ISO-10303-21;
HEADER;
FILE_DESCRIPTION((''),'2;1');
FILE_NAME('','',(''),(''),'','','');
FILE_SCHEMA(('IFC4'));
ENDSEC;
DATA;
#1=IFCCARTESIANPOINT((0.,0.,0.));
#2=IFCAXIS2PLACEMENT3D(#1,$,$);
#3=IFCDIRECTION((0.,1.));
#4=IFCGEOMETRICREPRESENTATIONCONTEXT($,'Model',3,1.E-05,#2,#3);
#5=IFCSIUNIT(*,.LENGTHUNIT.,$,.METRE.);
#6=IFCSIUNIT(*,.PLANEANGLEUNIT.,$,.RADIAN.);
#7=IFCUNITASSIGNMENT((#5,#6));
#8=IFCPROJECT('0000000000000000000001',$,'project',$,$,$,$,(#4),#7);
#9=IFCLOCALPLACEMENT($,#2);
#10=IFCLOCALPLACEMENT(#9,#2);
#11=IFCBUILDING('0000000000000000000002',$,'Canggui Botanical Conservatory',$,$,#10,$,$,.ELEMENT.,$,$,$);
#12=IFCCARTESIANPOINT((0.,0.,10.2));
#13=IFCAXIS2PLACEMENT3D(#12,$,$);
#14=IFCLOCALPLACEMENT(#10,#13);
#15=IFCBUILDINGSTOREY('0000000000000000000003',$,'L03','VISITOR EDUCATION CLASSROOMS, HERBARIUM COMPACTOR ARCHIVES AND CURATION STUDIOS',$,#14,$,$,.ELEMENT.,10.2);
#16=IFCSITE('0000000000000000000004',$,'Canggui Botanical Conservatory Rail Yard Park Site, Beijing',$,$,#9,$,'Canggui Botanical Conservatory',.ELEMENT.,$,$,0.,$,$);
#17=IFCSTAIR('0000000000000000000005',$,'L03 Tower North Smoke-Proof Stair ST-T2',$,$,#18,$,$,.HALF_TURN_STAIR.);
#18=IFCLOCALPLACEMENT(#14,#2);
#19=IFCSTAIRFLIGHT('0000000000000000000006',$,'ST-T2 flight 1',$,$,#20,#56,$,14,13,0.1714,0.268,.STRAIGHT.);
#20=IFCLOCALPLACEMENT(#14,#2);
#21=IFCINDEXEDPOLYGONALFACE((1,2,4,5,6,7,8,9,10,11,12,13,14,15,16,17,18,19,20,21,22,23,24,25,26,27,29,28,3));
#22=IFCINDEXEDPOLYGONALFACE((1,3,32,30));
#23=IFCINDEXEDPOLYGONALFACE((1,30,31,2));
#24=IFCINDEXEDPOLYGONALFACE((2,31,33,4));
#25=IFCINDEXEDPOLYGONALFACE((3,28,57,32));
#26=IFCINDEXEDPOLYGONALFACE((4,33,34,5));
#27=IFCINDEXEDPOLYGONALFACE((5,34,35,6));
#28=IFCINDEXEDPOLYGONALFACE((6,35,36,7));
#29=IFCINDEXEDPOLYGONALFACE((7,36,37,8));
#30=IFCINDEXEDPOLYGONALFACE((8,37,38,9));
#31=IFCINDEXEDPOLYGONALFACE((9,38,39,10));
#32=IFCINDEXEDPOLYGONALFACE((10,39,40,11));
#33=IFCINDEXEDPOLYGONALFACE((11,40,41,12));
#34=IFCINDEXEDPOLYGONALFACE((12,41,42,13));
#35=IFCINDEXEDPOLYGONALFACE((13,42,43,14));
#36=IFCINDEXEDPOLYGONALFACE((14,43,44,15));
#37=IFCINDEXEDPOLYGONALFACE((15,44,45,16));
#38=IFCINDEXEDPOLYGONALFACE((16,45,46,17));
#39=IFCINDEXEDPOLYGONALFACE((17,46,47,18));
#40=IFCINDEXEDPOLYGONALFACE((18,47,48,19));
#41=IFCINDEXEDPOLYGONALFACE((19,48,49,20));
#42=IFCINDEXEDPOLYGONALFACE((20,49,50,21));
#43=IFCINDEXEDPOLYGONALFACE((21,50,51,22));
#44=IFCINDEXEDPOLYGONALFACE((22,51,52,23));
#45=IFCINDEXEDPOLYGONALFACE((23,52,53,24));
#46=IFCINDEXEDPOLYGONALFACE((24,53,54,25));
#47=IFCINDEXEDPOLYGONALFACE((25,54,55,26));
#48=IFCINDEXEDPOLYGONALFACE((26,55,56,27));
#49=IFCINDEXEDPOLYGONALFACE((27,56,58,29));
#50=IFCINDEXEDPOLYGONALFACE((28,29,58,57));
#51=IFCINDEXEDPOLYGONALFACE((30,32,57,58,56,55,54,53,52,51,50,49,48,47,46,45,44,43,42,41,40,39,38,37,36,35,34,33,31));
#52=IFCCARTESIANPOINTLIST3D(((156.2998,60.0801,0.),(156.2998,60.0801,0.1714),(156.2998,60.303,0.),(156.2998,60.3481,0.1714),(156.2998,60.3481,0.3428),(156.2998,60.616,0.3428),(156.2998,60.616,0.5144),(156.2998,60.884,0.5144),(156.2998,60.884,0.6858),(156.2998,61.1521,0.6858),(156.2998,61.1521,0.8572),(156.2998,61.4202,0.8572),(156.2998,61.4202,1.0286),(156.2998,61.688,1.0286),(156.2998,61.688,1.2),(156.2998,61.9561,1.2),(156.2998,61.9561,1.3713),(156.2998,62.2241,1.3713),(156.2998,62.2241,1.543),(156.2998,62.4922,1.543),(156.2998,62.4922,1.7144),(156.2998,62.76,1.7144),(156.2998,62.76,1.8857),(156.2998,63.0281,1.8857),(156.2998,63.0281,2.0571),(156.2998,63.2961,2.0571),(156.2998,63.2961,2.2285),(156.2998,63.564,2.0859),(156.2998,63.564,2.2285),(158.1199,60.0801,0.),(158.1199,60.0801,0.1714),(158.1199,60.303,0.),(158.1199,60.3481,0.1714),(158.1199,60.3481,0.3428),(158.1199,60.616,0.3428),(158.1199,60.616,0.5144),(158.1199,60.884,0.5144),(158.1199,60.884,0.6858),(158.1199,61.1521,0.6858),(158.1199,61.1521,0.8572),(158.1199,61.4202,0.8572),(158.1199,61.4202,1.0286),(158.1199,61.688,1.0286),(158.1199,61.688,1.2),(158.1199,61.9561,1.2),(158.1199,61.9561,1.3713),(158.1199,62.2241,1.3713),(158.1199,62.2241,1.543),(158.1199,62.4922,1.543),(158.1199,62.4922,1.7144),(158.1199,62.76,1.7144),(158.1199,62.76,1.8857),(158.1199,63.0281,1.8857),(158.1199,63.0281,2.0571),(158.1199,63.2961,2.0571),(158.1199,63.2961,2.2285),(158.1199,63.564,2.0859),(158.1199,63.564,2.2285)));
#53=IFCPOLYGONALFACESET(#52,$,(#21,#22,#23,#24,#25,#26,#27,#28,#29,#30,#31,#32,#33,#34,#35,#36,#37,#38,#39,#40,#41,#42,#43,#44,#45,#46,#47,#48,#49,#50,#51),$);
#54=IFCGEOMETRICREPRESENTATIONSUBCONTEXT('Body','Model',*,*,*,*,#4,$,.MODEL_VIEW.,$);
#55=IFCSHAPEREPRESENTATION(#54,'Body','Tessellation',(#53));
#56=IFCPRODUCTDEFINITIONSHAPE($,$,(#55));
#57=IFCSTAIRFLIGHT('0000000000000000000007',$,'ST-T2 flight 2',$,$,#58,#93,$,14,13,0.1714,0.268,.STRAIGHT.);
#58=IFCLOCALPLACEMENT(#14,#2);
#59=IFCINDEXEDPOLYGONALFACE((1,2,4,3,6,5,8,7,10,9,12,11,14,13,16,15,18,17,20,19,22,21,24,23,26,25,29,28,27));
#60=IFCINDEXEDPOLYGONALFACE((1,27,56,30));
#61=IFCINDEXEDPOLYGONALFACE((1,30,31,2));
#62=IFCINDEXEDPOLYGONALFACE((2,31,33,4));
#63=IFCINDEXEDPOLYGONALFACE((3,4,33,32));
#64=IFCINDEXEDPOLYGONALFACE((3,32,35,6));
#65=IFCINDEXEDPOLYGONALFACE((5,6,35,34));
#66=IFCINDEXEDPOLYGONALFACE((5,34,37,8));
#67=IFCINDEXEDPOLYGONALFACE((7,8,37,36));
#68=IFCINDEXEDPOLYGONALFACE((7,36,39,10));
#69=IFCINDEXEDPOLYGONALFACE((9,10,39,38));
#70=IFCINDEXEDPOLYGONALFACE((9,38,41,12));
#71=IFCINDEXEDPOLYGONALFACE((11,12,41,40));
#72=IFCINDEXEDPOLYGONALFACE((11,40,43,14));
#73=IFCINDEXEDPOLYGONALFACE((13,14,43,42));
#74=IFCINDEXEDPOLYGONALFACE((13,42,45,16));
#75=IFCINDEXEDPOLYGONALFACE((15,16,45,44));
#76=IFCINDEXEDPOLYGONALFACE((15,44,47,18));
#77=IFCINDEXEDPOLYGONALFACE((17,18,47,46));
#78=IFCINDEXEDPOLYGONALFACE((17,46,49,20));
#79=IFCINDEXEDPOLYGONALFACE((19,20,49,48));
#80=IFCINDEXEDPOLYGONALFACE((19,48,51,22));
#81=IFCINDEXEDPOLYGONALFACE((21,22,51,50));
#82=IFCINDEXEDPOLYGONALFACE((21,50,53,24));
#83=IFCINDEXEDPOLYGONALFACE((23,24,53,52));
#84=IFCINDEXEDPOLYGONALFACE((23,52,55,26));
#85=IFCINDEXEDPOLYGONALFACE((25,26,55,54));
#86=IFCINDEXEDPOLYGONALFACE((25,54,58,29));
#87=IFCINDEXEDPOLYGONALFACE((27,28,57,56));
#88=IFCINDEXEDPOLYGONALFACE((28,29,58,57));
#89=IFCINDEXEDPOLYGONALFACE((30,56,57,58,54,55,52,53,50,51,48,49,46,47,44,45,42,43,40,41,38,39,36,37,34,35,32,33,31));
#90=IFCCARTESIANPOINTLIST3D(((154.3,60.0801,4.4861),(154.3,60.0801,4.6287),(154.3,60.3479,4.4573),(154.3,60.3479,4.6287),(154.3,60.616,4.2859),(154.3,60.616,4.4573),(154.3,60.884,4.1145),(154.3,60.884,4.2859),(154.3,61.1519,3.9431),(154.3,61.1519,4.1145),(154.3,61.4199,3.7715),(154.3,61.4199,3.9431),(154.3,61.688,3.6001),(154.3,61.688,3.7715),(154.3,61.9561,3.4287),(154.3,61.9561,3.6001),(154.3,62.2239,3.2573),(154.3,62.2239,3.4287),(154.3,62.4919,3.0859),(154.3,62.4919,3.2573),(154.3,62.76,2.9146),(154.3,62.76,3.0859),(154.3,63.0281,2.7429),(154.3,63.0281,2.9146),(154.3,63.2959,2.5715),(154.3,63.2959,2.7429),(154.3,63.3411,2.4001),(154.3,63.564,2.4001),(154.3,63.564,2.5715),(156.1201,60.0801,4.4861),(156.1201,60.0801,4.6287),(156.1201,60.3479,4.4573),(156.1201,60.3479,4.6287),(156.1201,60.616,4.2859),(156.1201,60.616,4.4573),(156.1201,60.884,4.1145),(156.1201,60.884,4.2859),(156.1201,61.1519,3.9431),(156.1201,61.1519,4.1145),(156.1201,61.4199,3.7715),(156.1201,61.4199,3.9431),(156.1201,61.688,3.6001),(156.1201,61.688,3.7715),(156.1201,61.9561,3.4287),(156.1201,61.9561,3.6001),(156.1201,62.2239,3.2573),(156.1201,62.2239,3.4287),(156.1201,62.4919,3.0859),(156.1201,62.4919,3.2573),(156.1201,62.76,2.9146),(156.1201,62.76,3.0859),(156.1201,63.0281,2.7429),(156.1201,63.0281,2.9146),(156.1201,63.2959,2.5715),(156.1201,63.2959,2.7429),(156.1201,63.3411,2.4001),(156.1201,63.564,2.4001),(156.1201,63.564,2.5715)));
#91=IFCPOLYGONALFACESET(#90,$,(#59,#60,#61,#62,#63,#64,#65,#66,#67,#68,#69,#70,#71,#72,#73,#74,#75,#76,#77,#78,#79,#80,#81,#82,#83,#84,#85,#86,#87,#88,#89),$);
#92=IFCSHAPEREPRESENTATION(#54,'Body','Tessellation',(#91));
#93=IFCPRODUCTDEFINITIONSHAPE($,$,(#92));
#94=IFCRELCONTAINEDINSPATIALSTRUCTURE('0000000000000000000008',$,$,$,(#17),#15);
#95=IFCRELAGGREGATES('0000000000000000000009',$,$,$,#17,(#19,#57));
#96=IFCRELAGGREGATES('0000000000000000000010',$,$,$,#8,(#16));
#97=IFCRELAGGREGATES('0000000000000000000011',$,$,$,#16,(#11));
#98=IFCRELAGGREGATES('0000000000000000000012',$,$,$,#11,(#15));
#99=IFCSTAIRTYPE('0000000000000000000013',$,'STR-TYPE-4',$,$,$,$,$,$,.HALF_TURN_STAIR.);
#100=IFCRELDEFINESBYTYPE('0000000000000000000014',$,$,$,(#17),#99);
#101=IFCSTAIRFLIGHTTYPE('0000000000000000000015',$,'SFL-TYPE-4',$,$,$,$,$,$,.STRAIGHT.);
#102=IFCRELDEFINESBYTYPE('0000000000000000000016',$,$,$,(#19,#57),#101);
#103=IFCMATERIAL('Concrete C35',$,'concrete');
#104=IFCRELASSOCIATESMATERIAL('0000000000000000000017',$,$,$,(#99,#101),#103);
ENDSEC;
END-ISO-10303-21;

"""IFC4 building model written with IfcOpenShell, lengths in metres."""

from ifc_helpers import new_model, si_unit, direction, frame, origin, place, context, subcontext, project, spatial, polyline, outline, extrude, material, type_object, element, aggregate, save


model = new_model("IFC4")

# Units and contexts
model_context = context("Model", 3, precision=1e-05, world=origin(), true_north=direction((0.0, 1.0)))
body_context = subcontext(model_context, "Body", "Model", "MODEL_VIEW")
ifc_project = project(units=[si_unit("LENGTHUNIT", "METRE"), si_unit("PLANEANGLEUNIT", "RADIAN")], contexts=[model_context])

# Site, building, storey
site_placement = place(None, origin())
site = spatial("IfcSite", under=ifc_project, at=site_placement, Name="Canggui Botanical Conservatory Rail Yard Park Site, Beijing", LongName="Canggui Botanical Conservatory", CompositionType="ELEMENT", RefElevation=0.0)
building_placement = place(site_placement, origin())
building = spatial("IfcBuilding", under=site, at=building_placement, Name="Canggui Botanical Conservatory", CompositionType="ELEMENT")
storey_placement = place(building_placement, frame((0.0, 0.0, 10.2)))
storey = spatial("IfcBuildingStorey", under=building, at=storey_placement, Name="L03", Description="VISITOR EDUCATION CLASSROOMS, HERBARIUM COMPACTOR ARCHIVES AND CURATION STUDIOS", CompositionType="ELEMENT", Elevation=10.2)

# Shared definitions
ifc_material_1 = material(Name="Concrete C35", Category="concrete")

# Stair, stair flights
stair_type = type_object("IfcStairType", Name="STR-TYPE-4", PredefinedType="HALF_TURN_STAIR", material=ifc_material_1)
stair_placement = place(storey_placement, origin())
stair = element("IfcStair", 1, at=stair_placement, inside=storey, type_object=stair_type, Name="L03 Tower North Smoke-Proof Stair ST-T2", PredefinedType="HALF_TURN_STAIR")
stair_flight_type = type_object("IfcStairFlightType", Name="SFL-TYPE-4", PredefinedType="STRAIGHT", material=ifc_material_1)
stair_flight_1_placement = place(storey_placement, frame((157.21, 60.0801, 0.0), z_axis=(0.0, 0.0, 1.0), x_axis=(0.0, 1.0, 0.0)))
stair_flight_1 = element("IfcStairFlight", 2, at=stair_flight_1_placement, type_object=stair_flight_type, Name="ST-T2 flight 1", NumberOfRisers=14, NumberOfTreads=13, PredefinedType="STRAIGHT", RiserHeight=0.1714, TreadLength=0.268, context=body_context, shape_type="SweptSolid", body=[
    extrude(outline(polyline([(0.0, 0.0), (0.0, 0.1714), (0.2681, 0.1714), (0.2681, 0.3428), (0.5359, 0.3428), (0.5359, 0.5144), (0.804, 0.5144), (0.804, 0.6858), (1.072, 0.6858), (1.072, 0.8572), (1.3401, 0.8572), (1.3401, 1.0286), (1.6079, 1.0286), (1.6079, 1.2), (1.876, 1.2), (1.876, 1.3713), (2.144, 1.3713), (2.144, 1.543), (2.4121, 1.543), (2.4121, 1.7144), (2.6799, 1.7144), (2.6799, 1.8857), (2.948, 1.8857), (2.948, 2.0571), (3.2161, 2.0571), (3.2161, 2.2285), (3.4839, 2.2285), (3.4839, 2.3999), (3.4839, 2.0859), (0.2229, 0.0), (0.0, 0.0)])), frame((0.0, 0.9102, 0.0), z_axis=(0.0, -1.0, 0.0), x_axis=(1.0, 0.0, 0.0)), (0.0, 0.0, 1.0), 1.8201),
])
stair_flight_2_placement = place(storey_placement, frame((155.21, 63.564, 2.4001), z_axis=(0.0, 0.0, 1.0), x_axis=(0.0, -1.0, 0.0)))
stair_flight_2 = element("IfcStairFlight", 3, at=stair_flight_2_placement, type_object=stair_flight_type, Name="ST-T2 flight 2", NumberOfRisers=14, NumberOfTreads=13, PredefinedType="STRAIGHT", RiserHeight=0.1714, TreadLength=0.268, context=body_context, shape_type="SweptSolid", body=[
    extrude(outline(polyline([(0.0, 0.0), (0.0, 0.1714), (0.2681, 0.1714), (0.2681, 0.3428), (0.5359, 0.3428), (0.5359, 0.5144), (0.804, 0.5144), (0.804, 0.6858), (1.072, 0.6858), (1.072, 0.8572), (1.3401, 0.8572), (1.3401, 1.0286), (1.6079, 1.0286), (1.6079, 1.2), (1.876, 1.2), (1.876, 1.3713), (2.144, 1.3713), (2.144, 1.543), (2.4121, 1.543), (2.4121, 1.7144), (2.6799, 1.7144), (2.6799, 1.8857), (2.948, 1.8857), (2.948, 2.0571), (3.2161, 2.0571), (3.2161, 2.2285), (3.4839, 2.2285), (3.4839, 2.3999), (3.4839, 2.0859), (0.2229, 0.0), (0.0, 0.0)])), frame((0.0, 0.9102, 0.0), z_axis=(0.0, -1.0, 0.0), x_axis=(1.0, 0.0, 0.0)), (0.0, 0.0, 1.0), 1.8201),
])
aggregate(stair, [stair_flight_1, stair_flight_2])

save(model, "model.ifc")
